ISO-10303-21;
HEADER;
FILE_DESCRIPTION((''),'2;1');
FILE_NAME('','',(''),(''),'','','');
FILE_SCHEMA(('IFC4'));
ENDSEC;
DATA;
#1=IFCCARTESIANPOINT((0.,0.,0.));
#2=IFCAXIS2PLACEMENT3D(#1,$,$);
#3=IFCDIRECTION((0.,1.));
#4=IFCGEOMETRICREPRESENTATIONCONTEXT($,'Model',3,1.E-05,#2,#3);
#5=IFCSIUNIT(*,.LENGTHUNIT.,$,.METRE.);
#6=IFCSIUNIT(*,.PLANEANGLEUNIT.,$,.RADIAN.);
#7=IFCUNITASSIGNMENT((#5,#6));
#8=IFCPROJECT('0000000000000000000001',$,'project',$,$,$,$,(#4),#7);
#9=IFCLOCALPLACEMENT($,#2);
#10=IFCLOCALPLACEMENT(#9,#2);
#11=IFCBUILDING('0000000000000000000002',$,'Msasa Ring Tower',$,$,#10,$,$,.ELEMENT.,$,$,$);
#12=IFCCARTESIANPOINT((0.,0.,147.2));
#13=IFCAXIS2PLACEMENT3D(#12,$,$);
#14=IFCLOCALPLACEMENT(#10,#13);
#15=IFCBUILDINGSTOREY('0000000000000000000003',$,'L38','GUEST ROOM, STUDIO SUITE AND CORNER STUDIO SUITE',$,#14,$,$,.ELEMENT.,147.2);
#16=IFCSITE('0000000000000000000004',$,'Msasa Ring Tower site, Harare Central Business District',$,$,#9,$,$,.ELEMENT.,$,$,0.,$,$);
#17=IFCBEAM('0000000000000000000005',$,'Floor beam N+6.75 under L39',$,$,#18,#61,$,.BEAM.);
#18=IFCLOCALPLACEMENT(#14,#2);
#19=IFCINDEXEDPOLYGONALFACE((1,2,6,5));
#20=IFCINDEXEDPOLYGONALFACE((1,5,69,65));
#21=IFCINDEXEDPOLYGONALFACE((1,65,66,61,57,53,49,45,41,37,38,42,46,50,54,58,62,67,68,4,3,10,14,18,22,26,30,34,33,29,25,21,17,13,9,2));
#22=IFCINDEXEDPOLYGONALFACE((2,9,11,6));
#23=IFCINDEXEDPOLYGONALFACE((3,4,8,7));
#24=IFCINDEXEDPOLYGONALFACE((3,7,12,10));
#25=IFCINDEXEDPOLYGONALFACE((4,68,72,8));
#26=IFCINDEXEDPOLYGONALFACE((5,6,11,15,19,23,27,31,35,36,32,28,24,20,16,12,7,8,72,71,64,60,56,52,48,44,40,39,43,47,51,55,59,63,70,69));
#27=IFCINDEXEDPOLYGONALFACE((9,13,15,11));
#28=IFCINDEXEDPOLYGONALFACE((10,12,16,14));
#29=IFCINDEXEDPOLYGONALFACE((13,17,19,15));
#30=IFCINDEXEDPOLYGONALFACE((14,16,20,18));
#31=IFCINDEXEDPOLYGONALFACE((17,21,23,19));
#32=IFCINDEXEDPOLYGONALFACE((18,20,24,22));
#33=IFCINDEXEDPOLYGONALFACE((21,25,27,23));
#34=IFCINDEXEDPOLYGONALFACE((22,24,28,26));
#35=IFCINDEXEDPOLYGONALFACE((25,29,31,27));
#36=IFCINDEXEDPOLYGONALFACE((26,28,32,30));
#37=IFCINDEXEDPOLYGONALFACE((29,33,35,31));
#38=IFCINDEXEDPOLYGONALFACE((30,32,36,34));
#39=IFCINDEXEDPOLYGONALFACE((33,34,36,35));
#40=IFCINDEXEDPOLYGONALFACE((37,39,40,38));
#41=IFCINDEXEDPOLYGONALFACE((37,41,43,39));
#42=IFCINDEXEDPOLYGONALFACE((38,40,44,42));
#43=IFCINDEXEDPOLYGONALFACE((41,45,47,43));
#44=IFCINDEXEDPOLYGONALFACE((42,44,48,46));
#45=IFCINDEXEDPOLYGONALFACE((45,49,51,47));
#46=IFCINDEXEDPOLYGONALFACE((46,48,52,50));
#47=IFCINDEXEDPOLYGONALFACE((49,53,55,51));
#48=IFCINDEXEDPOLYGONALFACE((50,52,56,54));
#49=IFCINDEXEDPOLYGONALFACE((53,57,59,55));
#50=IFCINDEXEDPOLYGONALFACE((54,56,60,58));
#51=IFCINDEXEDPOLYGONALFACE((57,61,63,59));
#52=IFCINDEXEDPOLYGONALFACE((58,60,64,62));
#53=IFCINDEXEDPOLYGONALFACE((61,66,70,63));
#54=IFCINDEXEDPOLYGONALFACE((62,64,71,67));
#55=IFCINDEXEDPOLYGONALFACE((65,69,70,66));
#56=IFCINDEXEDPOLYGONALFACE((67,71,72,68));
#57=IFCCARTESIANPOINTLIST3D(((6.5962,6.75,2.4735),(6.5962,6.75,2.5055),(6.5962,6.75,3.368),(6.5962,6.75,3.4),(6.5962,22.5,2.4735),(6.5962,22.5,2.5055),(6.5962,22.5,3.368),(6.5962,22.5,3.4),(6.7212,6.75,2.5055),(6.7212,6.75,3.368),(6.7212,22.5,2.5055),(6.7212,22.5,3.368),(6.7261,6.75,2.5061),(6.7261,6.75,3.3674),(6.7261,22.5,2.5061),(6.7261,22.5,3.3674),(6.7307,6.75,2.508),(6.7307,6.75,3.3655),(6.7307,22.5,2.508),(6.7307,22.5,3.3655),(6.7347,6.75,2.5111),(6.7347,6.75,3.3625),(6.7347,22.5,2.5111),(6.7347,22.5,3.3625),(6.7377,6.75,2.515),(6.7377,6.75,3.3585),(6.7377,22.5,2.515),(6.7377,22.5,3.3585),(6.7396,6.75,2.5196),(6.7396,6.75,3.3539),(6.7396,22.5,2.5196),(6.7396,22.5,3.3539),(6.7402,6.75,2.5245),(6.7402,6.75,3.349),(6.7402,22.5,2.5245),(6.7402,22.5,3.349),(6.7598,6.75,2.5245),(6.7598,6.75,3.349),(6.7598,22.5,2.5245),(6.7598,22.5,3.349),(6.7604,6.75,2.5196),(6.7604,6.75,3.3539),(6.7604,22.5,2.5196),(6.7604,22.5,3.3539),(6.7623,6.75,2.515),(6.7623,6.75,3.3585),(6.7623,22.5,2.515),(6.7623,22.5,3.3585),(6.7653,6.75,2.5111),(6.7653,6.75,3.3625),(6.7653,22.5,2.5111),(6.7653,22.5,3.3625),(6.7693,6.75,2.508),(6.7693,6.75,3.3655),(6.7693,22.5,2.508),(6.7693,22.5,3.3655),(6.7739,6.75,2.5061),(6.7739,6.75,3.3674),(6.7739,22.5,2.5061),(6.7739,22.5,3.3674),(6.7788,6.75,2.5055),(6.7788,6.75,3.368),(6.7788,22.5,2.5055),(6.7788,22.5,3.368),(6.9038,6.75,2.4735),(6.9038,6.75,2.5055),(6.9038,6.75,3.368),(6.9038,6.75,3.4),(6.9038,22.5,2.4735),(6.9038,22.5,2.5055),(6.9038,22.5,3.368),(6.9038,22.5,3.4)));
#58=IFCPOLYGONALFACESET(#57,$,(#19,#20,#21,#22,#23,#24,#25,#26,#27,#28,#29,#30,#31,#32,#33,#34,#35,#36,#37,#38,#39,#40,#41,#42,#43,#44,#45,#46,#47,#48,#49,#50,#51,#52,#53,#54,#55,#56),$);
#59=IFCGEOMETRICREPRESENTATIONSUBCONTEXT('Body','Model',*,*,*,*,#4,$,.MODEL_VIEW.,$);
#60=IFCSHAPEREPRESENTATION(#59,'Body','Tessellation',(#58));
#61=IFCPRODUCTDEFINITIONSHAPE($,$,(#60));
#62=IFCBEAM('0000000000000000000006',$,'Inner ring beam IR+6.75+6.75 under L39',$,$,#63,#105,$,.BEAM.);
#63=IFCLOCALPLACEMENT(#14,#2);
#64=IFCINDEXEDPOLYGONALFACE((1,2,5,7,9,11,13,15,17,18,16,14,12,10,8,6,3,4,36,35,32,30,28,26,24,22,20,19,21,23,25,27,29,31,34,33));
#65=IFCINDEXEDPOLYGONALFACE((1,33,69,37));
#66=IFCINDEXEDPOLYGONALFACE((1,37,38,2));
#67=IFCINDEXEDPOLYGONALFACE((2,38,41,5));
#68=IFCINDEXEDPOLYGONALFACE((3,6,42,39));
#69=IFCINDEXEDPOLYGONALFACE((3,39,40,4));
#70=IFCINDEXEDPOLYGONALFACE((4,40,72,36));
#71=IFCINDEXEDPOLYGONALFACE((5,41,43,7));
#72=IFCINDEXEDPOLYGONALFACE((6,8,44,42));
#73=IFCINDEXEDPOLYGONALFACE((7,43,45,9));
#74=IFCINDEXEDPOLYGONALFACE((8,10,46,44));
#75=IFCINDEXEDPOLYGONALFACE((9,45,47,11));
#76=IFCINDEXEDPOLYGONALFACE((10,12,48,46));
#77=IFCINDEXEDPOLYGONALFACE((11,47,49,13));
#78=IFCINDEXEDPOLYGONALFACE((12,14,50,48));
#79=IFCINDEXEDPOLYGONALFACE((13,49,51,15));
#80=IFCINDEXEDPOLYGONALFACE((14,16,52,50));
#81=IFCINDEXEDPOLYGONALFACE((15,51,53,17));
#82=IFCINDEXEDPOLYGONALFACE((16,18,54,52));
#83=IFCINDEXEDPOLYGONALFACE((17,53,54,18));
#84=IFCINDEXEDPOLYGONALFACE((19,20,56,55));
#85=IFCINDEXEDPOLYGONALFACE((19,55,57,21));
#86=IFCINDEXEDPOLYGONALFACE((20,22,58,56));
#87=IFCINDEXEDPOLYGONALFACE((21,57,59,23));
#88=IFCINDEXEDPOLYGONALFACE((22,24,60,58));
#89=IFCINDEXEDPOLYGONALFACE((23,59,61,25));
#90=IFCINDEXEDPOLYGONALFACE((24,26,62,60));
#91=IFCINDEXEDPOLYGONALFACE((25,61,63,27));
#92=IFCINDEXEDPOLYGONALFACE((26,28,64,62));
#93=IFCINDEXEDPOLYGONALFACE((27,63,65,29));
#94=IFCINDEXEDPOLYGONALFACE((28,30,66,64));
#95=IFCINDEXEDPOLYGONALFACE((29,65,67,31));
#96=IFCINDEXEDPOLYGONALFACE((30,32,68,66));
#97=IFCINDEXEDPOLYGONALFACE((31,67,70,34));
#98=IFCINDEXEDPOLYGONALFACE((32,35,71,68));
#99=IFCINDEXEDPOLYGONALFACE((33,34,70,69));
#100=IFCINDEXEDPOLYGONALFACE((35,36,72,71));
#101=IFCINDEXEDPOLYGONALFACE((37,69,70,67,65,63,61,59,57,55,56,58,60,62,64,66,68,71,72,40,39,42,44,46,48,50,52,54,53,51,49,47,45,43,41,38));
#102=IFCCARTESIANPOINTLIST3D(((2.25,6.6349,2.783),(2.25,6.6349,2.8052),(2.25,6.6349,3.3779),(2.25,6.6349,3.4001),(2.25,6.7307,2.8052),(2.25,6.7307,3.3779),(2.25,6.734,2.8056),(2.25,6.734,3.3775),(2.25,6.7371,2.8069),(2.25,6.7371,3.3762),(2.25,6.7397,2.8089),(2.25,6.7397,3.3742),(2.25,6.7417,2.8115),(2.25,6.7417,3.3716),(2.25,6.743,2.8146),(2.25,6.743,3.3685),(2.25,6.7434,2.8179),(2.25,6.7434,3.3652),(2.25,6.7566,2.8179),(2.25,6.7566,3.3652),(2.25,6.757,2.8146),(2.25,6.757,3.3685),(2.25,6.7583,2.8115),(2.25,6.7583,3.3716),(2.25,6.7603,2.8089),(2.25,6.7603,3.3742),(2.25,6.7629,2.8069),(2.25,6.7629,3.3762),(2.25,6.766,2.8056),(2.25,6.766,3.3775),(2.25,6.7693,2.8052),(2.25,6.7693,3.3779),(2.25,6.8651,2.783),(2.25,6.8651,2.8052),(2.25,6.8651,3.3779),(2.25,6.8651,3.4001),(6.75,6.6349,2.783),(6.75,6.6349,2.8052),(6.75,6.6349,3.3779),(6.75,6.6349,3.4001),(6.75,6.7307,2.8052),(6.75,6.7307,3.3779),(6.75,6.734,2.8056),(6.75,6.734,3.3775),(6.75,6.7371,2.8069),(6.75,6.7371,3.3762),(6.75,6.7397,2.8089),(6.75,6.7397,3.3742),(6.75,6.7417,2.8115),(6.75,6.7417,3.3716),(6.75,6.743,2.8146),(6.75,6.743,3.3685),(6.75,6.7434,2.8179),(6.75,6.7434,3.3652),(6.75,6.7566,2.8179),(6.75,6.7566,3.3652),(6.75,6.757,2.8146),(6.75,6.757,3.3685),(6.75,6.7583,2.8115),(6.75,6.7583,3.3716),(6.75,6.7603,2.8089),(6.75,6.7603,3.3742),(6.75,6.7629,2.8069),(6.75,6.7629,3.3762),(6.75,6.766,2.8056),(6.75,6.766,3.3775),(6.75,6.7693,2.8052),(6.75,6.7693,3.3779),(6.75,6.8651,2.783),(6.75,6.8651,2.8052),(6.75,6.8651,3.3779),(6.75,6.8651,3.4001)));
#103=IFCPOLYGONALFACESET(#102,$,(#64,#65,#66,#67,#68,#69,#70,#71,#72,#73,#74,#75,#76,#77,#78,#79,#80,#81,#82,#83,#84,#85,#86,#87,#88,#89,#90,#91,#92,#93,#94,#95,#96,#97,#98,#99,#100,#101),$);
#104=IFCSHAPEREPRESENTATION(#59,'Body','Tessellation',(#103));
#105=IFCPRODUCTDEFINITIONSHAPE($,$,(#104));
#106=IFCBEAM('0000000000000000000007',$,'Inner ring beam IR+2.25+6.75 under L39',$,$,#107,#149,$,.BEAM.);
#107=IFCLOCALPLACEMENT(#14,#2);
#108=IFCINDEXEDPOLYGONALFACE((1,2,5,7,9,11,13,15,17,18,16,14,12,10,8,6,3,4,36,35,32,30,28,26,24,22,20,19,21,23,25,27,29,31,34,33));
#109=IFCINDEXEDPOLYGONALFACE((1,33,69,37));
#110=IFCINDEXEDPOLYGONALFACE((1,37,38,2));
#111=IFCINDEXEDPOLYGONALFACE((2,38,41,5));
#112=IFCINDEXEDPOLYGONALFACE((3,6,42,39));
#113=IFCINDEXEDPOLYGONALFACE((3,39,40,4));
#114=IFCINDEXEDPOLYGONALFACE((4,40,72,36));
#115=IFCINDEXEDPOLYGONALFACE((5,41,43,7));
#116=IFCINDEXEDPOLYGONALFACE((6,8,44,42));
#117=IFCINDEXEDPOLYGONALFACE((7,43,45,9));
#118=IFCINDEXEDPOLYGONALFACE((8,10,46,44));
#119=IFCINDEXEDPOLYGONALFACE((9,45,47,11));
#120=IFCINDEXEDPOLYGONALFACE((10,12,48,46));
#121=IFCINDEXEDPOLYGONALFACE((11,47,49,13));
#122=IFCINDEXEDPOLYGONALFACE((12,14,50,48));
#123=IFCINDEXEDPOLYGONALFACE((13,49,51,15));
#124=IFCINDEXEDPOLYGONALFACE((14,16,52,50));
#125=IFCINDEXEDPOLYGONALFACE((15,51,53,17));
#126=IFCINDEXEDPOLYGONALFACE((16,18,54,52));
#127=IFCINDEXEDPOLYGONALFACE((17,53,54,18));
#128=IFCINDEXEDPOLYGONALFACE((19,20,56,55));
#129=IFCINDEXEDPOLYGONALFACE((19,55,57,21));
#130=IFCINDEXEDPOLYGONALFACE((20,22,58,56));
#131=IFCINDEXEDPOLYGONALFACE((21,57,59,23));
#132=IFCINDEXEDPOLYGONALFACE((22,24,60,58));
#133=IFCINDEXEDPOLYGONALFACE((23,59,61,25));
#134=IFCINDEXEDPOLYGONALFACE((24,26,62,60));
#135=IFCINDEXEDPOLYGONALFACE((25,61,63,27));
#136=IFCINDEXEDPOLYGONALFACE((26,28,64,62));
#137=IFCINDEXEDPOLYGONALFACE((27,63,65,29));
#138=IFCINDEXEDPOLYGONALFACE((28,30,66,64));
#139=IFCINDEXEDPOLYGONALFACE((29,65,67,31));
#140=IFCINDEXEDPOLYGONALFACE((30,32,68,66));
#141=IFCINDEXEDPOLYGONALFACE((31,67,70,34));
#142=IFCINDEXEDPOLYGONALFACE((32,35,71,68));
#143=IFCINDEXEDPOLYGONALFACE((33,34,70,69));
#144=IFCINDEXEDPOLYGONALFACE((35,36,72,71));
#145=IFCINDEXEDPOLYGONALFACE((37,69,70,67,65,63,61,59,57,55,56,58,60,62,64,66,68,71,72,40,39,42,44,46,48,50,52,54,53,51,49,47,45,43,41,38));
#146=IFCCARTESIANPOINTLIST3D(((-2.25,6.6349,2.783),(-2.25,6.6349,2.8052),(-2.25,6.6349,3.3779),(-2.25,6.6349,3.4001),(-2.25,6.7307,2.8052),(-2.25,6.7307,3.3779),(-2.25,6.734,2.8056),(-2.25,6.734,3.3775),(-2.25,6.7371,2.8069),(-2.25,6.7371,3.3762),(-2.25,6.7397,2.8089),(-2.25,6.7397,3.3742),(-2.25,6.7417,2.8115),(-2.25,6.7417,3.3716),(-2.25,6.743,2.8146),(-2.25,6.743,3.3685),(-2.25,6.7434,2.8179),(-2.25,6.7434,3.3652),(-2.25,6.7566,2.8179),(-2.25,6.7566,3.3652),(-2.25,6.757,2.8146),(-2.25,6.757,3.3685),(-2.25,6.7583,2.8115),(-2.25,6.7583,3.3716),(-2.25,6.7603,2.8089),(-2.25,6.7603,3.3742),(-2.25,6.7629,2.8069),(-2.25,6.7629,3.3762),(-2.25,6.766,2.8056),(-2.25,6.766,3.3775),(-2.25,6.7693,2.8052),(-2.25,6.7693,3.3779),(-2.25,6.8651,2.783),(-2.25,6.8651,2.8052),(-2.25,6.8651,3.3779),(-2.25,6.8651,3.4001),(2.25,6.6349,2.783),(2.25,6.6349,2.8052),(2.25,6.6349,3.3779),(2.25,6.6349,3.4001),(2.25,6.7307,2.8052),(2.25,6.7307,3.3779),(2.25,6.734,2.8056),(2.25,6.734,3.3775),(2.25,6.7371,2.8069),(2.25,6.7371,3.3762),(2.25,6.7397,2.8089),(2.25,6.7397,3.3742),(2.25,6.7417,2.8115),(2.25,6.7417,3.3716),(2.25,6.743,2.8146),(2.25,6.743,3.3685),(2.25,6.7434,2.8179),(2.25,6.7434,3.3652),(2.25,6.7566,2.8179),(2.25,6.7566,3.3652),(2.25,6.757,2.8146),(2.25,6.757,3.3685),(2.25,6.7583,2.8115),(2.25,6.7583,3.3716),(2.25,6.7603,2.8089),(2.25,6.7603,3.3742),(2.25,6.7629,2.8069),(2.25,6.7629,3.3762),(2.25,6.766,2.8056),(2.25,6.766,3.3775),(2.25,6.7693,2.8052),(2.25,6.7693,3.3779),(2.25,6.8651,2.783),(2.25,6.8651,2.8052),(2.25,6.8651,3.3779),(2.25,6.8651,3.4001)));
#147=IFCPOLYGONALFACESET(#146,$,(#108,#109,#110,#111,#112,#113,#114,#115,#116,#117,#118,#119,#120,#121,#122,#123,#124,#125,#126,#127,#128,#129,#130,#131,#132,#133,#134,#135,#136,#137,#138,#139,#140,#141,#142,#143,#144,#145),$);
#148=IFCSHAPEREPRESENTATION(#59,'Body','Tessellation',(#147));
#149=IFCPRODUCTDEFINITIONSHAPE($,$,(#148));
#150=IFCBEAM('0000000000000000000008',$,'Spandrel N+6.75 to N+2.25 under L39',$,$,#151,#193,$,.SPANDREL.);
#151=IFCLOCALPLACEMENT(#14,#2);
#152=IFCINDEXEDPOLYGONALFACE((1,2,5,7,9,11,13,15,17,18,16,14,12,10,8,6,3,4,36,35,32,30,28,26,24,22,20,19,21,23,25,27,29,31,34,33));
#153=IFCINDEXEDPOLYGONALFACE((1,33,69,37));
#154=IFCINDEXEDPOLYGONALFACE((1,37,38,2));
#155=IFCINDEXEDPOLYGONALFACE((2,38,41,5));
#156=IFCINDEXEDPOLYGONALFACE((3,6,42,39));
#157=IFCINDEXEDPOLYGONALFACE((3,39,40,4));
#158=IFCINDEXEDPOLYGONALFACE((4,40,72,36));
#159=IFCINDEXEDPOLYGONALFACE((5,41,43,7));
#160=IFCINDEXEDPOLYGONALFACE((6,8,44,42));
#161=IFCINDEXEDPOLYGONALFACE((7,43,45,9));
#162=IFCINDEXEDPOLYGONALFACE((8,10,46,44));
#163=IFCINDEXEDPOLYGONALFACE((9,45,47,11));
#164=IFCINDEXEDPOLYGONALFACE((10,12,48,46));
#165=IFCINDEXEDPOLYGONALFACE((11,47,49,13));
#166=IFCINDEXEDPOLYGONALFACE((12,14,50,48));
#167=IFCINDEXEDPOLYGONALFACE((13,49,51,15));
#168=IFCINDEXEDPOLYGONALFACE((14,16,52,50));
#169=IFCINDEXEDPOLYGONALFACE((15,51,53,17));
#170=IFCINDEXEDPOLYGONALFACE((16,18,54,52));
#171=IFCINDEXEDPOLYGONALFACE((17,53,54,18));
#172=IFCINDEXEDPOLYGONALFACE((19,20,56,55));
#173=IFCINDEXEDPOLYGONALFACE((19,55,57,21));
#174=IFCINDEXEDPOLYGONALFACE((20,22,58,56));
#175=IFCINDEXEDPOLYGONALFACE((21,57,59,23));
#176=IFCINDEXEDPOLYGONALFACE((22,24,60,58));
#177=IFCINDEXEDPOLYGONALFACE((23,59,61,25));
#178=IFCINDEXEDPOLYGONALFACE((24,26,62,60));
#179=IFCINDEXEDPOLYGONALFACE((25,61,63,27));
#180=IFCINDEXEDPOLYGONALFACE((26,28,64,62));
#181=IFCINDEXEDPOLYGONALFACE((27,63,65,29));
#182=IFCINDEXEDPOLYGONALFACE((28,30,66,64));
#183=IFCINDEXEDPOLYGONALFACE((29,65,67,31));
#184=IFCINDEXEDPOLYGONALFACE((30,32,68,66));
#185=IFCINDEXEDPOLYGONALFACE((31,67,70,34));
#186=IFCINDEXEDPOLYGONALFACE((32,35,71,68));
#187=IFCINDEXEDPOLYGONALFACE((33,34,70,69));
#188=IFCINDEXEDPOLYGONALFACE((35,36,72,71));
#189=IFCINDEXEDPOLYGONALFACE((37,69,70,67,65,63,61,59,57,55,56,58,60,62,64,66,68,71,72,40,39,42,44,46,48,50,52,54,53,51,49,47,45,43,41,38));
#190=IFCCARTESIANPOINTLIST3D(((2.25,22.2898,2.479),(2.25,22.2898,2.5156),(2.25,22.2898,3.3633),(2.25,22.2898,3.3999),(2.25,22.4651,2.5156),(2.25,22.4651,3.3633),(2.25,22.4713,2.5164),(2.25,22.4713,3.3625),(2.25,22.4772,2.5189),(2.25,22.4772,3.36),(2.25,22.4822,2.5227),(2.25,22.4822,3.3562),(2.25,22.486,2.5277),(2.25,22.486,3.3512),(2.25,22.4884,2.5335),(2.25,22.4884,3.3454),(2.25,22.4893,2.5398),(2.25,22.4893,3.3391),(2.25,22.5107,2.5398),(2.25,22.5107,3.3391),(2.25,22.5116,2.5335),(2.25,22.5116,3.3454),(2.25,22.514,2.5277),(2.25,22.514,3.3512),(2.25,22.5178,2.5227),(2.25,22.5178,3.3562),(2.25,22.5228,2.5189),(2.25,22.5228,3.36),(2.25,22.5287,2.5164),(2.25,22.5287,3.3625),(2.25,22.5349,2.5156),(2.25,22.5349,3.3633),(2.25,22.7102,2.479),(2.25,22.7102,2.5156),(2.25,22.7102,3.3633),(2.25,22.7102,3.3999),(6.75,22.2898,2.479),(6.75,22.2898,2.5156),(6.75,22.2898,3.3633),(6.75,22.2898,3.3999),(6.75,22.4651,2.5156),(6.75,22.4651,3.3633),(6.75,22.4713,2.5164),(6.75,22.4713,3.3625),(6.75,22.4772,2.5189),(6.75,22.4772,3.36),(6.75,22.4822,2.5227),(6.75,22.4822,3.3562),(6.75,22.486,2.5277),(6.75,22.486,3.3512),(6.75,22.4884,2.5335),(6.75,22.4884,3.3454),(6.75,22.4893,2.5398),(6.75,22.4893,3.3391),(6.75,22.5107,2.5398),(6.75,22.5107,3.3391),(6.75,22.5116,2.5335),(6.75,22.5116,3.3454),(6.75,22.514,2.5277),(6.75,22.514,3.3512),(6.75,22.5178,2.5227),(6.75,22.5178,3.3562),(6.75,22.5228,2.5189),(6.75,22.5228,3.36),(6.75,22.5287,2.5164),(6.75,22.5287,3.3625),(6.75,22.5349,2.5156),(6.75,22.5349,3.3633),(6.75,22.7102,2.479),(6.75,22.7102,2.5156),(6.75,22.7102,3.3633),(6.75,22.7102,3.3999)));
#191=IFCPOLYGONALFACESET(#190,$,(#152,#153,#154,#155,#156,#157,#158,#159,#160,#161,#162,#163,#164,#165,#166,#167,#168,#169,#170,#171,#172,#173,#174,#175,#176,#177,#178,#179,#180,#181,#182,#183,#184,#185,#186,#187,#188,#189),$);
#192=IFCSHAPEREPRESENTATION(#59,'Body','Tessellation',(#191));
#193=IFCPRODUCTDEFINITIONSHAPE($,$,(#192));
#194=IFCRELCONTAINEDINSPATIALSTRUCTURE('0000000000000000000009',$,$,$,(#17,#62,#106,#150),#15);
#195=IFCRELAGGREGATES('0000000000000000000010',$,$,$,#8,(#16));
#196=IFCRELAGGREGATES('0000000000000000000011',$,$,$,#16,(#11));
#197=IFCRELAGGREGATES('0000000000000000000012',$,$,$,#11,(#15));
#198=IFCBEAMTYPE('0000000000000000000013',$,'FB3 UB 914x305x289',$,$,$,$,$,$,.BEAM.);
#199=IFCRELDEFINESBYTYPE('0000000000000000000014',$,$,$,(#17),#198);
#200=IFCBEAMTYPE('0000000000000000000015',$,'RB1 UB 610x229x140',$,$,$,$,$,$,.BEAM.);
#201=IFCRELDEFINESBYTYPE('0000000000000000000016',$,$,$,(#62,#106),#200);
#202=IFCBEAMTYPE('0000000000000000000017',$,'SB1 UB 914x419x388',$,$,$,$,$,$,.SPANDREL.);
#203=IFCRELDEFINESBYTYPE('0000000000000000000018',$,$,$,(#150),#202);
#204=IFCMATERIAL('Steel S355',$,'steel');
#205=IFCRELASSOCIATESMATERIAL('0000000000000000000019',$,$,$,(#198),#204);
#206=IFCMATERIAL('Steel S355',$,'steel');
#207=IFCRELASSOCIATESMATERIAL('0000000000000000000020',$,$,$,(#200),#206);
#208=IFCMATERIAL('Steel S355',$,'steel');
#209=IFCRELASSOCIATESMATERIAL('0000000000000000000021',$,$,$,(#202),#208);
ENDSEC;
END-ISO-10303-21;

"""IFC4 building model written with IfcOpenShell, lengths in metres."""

from ifc_helpers import new_model, si_unit, direction, frame, origin, origin_2d, place, context, subcontext, project, spatial, i_section, extrude, material, material_profile, profile_set, type_object, element, save


model = new_model("IFC4")

# Units and contexts
model_context = context("Model", 3, precision=1e-05, world=origin(), true_north=direction((0.0, 1.0)))
body_context = subcontext(model_context, "Body", "Model", "MODEL_VIEW")
ifc_project = project(units=[si_unit("LENGTHUNIT", "METRE"), si_unit("PLANEANGLEUNIT", "RADIAN")], contexts=[model_context])

# Site, building, storey
site_placement = place(None, origin())
site = spatial("IfcSite", under=ifc_project, at=site_placement, Name="Msasa Ring Tower site, Harare Central Business District", CompositionType="ELEMENT", RefElevation=0.0)
building_placement = place(site_placement, origin())
building = spatial("IfcBuilding", under=site, at=building_placement, Name="Msasa Ring Tower", CompositionType="ELEMENT")
storey_placement = place(building_placement, frame((0.0, 0.0, 147.2)))
storey = spatial("IfcBuildingStorey", under=building, at=storey_placement, Name="L38", Description="GUEST ROOM, STUDIO SUITE AND CORNER STUDIO SUITE", CompositionType="ELEMENT", Elevation=147.2)

# Beams
ifc_material_1 = material(Name="Steel S355", Category="steel")
ifc_material_profile_1 = material_profile(ifc_material_1, i_section(OverallWidth=0.3076, OverallDepth=0.9265, WebThickness=0.0195, FlangeThickness=0.032, FilletRadius=0.019, at=origin_2d()), Name="UB 914x305x289")
ifc_profile_set_1 = profile_set([ifc_material_profile_1], Name="Steel S355")
beam_type_1 = type_object("IfcBeamType", Name="FB3 UB 914x305x289", PredefinedType="BEAM", material=ifc_profile_set_1)
for number, where, z_axis, x_axis, name in (
    (1, (6.75, 22.5, 2.9368), (0.0, -1.0, 0.0), (1.0, 0.0, 0.0), "Floor beam N+6.75 under L39"),
):
    element("IfcBeam", number, at=place(storey_placement, frame(where, z_axis=z_axis, x_axis=x_axis)), inside=storey, type_object=beam_type_1, Name=name, PredefinedType="BEAM", context=body_context, shape_type="SweptSolid", body=[
        extrude(i_section(OverallWidth=0.3076, OverallDepth=0.9265, WebThickness=0.0195, FlangeThickness=0.032, FilletRadius=0.019, at=origin_2d()), origin(), (0.0, 0.0, 1.0), 15.75),
    ])
ifc_material_2 = material(Name="Steel S355", Category="steel")
ifc_material_profile_2 = material_profile(ifc_material_2, i_section(OverallWidth=0.2302, OverallDepth=0.6172, WebThickness=0.0132, FlangeThickness=0.0222, FilletRadius=0.0127, at=origin_2d()), Name="UB 610x229x140")
ifc_profile_set_2 = profile_set([ifc_material_profile_2], Name="Steel S355")
beam_type_2 = type_object("IfcBeamType", Name="RB1 UB 610x229x140", PredefinedType="BEAM", material=ifc_profile_set_2)
for number, where, z_axis, x_axis, name in (
    (2, (6.75, 6.75, 3.0916), (-1.0, 0.0, 0.0), (0.0, -1.0, 0.0), "Inner ring beam IR+6.75+6.75 under L39"),
    (3, (2.25, 6.75, 3.0916), (-1.0, 0.0, 0.0), (0.0, -1.0, 0.0), "Inner ring beam IR+2.25+6.75 under L39"),
):
    element("IfcBeam", number, at=place(storey_placement, frame(where, z_axis=z_axis, x_axis=x_axis)), inside=storey, type_object=beam_type_2, Name=name, PredefinedType="BEAM", context=body_context, shape_type="SweptSolid", body=[
        extrude(i_section(OverallWidth=0.2302, OverallDepth=0.6172, WebThickness=0.0132, FlangeThickness=0.0222, FilletRadius=0.0127, at=origin_2d()), origin(), (0.0, 0.0, 1.0), 4.5),
    ])
ifc_material_3 = material(Name="Steel S355", Category="steel")
ifc_material_profile_3 = material_profile(ifc_material_3, i_section(OverallWidth=0.4204, OverallDepth=0.9209, WebThickness=0.0215, FlangeThickness=0.0366, FilletRadius=0.0242, at=origin_2d()), Name="UB 914x419x388")
ifc_profile_set_3 = profile_set([ifc_material_profile_3], Name="Steel S355")
beam_type_3 = type_object("IfcBeamType", Name="SB1 UB 914x419x388", PredefinedType="SPANDREL", material=ifc_profile_set_3)
for number, where, z_axis, x_axis, name in (
    (4, (6.75, 22.5, 2.9395), (-1.0, 0.0, 0.0), (0.0, -1.0, 0.0), "Spandrel N+6.75 to N+2.25 under L39"),
):
    element("IfcBeam", number, at=place(storey_placement, frame(where, z_axis=z_axis, x_axis=x_axis)), inside=storey, type_object=beam_type_3, Name=name, PredefinedType="SPANDREL", context=body_context, shape_type="SweptSolid", body=[
        extrude(i_section(OverallWidth=0.4204, OverallDepth=0.9209, WebThickness=0.0215, FlangeThickness=0.0366, FilletRadius=0.0242, at=origin_2d()), origin(), (0.0, 0.0, 1.0), 4.5),
    ])

save(model, "model.ifc")
